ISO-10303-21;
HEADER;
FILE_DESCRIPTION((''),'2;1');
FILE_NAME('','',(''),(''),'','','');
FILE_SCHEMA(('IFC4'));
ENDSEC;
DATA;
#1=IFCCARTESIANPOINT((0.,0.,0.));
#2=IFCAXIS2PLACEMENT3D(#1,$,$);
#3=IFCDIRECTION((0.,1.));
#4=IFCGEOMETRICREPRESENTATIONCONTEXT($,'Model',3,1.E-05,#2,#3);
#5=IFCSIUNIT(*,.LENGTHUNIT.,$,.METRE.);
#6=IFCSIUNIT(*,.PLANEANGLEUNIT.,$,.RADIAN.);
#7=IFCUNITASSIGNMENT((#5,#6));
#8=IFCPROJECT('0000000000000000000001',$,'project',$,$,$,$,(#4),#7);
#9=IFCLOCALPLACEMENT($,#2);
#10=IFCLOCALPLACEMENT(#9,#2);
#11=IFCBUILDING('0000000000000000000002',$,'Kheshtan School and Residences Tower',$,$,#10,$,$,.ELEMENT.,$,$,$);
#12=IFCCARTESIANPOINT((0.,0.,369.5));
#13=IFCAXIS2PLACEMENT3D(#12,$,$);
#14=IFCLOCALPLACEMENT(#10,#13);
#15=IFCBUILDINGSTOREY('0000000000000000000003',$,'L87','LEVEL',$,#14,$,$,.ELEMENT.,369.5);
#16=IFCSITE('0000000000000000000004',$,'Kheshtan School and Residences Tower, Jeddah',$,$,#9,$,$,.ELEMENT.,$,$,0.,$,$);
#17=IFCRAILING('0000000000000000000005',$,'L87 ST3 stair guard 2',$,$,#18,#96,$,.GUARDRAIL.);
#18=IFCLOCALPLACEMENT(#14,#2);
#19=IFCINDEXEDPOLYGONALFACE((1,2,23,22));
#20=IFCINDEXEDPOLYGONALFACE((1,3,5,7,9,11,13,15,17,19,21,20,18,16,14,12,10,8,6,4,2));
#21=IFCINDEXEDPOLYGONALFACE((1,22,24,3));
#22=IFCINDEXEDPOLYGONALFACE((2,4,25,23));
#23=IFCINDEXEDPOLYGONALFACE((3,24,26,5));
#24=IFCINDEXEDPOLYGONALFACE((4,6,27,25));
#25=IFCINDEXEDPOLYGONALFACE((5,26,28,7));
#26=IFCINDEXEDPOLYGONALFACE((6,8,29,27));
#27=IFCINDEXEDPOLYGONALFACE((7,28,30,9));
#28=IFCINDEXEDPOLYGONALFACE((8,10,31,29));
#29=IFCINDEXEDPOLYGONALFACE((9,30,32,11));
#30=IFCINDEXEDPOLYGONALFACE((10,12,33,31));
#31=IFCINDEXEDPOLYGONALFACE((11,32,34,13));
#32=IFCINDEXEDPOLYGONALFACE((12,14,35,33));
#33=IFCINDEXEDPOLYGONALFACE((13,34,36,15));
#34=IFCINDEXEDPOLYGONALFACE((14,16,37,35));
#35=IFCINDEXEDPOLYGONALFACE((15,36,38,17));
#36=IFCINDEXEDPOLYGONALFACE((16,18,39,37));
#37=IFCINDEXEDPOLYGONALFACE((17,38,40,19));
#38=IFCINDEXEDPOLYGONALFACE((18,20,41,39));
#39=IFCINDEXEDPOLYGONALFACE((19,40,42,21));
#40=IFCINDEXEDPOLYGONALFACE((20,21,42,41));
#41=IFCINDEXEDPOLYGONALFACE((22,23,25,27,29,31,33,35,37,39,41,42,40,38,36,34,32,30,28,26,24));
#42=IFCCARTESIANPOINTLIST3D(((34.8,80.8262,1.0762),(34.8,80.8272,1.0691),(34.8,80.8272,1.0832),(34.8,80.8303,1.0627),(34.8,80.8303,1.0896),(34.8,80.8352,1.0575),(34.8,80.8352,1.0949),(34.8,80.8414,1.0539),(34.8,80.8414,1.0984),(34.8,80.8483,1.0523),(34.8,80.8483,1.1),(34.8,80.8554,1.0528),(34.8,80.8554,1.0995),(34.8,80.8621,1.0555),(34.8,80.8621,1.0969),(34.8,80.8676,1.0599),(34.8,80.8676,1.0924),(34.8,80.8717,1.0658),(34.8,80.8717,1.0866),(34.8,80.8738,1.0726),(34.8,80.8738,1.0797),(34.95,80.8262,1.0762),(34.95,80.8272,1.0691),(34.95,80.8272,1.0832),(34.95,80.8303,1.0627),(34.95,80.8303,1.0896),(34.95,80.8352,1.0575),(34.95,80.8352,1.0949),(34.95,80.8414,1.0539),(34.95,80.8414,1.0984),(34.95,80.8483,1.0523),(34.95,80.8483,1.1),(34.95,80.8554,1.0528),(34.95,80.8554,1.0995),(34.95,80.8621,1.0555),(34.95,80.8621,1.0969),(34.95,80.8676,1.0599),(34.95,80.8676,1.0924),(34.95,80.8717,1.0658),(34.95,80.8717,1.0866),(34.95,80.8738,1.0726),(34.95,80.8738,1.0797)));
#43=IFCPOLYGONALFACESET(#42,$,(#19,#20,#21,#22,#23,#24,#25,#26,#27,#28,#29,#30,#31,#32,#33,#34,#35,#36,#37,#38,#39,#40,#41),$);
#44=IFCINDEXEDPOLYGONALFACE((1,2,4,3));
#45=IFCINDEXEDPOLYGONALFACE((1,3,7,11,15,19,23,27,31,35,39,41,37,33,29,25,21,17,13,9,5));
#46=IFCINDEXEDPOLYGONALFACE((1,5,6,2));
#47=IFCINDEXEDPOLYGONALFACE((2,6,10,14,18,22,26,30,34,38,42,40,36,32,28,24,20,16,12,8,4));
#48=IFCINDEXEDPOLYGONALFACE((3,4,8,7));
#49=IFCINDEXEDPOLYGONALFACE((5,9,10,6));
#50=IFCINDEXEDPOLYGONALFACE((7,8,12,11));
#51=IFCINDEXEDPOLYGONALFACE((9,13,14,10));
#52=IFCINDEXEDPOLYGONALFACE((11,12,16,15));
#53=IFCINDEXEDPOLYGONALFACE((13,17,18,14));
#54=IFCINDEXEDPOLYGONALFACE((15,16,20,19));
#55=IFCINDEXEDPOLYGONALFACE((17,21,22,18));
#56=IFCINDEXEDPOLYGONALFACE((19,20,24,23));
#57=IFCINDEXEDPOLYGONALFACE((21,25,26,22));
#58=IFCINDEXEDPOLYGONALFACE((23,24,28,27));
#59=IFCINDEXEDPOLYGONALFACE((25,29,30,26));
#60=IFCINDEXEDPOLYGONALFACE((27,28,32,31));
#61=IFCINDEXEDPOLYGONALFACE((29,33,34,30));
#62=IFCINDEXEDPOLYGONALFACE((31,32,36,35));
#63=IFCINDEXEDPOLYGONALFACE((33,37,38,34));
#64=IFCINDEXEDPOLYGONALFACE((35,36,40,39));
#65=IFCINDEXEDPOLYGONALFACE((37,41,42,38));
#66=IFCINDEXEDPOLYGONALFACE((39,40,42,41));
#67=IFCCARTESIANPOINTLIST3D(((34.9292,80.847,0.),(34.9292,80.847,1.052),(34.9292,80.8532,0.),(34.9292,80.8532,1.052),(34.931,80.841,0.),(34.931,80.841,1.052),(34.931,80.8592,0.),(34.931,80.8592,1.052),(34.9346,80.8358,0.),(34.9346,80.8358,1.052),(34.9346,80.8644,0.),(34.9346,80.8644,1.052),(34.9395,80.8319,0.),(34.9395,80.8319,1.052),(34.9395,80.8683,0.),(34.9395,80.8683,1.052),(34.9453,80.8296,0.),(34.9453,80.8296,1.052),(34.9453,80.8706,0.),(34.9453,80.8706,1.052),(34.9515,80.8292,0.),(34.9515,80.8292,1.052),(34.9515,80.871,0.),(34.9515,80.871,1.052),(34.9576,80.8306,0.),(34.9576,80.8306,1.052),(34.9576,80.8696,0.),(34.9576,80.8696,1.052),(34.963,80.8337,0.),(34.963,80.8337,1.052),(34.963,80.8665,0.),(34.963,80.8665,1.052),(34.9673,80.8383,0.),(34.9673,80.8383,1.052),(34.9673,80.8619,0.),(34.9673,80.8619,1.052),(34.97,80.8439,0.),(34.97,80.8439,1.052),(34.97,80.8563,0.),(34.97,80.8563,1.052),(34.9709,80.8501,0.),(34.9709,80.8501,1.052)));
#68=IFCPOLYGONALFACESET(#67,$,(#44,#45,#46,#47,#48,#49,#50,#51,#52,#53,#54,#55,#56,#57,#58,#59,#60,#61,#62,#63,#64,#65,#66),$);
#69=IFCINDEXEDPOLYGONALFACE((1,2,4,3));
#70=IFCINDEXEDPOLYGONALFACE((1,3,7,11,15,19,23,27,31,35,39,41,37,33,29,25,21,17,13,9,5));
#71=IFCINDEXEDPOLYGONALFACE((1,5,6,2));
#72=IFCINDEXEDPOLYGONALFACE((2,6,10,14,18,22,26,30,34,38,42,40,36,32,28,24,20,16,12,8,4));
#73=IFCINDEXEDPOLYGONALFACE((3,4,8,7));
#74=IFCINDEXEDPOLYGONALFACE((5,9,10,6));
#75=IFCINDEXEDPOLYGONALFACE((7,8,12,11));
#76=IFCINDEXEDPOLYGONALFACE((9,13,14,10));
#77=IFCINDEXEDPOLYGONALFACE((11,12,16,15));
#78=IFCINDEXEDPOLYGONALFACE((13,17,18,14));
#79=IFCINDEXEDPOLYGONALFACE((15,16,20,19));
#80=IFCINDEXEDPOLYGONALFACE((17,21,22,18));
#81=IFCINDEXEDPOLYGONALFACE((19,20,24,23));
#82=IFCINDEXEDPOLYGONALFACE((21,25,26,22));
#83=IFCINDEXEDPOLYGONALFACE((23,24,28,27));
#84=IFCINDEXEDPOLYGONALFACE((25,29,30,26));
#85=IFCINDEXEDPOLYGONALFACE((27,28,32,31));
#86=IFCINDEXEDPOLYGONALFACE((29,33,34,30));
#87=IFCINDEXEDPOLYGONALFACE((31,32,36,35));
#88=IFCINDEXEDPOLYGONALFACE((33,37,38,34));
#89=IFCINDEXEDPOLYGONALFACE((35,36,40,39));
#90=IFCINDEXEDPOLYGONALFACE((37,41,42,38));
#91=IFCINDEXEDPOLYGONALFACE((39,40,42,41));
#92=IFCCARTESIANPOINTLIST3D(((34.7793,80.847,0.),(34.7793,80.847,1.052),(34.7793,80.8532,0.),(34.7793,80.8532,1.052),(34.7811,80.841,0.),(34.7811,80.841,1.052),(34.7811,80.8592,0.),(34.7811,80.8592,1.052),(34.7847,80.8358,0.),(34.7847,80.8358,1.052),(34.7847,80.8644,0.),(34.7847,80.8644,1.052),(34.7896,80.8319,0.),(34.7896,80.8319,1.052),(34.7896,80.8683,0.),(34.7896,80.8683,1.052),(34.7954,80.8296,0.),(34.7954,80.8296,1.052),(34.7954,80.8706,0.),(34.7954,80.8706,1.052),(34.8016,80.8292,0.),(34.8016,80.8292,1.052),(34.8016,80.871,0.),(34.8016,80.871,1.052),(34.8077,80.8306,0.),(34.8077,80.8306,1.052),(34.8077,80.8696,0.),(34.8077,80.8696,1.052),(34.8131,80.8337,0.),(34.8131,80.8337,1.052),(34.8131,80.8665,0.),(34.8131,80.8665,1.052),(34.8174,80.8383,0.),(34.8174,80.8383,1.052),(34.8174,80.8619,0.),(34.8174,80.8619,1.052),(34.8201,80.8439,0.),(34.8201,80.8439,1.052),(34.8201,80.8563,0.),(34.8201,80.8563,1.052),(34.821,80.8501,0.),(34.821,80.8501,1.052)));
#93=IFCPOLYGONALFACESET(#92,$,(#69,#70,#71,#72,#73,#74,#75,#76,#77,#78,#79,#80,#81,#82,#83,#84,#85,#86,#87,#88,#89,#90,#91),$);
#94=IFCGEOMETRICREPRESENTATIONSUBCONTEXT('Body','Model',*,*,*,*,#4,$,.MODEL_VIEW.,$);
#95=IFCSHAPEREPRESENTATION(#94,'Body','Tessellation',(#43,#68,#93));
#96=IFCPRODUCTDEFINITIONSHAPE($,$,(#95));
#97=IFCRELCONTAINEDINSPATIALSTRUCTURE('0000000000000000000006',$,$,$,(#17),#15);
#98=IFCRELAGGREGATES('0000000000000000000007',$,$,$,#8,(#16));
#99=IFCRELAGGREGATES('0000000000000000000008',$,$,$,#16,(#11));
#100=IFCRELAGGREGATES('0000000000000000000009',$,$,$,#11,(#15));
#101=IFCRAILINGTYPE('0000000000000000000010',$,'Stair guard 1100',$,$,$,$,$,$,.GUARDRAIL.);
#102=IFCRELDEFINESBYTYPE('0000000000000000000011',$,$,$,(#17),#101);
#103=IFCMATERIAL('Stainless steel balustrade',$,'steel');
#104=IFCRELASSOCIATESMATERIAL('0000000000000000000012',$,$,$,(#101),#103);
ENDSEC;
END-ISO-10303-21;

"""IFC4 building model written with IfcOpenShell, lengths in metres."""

from ifc_helpers import new_model, si_unit, direction, frame, origin, origin_2d, place, context, subcontext, project, spatial, circle, extrude, material, type_object, element, save


model = new_model("IFC4")

# Units and contexts
model_context = context("Model", 3, precision=1e-05, world=origin(), true_north=direction((0.0, 1.0)))
body_context = subcontext(model_context, "Body", "Model", "MODEL_VIEW")
ifc_project = project(units=[si_unit("LENGTHUNIT", "METRE"), si_unit("PLANEANGLEUNIT", "RADIAN")], contexts=[model_context])

# Site, building, storey
site_placement = place(None, origin())
site = spatial("IfcSite", under=ifc_project, at=site_placement, Name="Kheshtan School and Residences Tower, Jeddah", CompositionType="ELEMENT", RefElevation=0.0)
building_placement = place(site_placement, origin())
building = spatial("IfcBuilding", under=site, at=building_placement, Name="Kheshtan School and Residences Tower", CompositionType="ELEMENT")
storey_placement = place(building_placement, frame((0.0, 0.0, 369.5)))
storey = spatial("IfcBuildingStorey", under=building, at=storey_placement, Name="L87", Description="LEVEL", CompositionType="ELEMENT", Elevation=369.5)

# Railing
ifc_material_1 = material(Name="Stainless steel balustrade", Category="steel")
railing_type_1 = type_object("IfcRailingType", Name="Stair guard 1100", PredefinedType="GUARDRAIL", material=ifc_material_1)
railing_1_placement = place(storey_placement, frame((34.95, 80.8501, 0.0)))
element("IfcRailing", 1, at=railing_1_placement, inside=storey, type_object=railing_type_1, Name="L87 ST3 stair guard 2", PredefinedType="GUARDRAIL", context=body_context, shape_type="SweptSolid", body=[
    extrude(circle(Radius=0.0239, at=origin_2d()), frame((0.0, 0.0, 1.0762), z_axis=(-1.0, 0.0, 0.0), x_axis=(0.0, -1.0, 0.0)), (0.0, 0.0, 1.0), 0.1499),
    extrude(circle(Radius=0.021, at=origin_2d()), origin(), (0.0, 0.0, 1.0), 1.052),
    extrude(circle(Radius=0.021, at=origin_2d()), frame((-0.1499, 0.0, 0.0)), (0.0, 0.0, 1.0), 1.052),
])

save(model, "model.ifc")
